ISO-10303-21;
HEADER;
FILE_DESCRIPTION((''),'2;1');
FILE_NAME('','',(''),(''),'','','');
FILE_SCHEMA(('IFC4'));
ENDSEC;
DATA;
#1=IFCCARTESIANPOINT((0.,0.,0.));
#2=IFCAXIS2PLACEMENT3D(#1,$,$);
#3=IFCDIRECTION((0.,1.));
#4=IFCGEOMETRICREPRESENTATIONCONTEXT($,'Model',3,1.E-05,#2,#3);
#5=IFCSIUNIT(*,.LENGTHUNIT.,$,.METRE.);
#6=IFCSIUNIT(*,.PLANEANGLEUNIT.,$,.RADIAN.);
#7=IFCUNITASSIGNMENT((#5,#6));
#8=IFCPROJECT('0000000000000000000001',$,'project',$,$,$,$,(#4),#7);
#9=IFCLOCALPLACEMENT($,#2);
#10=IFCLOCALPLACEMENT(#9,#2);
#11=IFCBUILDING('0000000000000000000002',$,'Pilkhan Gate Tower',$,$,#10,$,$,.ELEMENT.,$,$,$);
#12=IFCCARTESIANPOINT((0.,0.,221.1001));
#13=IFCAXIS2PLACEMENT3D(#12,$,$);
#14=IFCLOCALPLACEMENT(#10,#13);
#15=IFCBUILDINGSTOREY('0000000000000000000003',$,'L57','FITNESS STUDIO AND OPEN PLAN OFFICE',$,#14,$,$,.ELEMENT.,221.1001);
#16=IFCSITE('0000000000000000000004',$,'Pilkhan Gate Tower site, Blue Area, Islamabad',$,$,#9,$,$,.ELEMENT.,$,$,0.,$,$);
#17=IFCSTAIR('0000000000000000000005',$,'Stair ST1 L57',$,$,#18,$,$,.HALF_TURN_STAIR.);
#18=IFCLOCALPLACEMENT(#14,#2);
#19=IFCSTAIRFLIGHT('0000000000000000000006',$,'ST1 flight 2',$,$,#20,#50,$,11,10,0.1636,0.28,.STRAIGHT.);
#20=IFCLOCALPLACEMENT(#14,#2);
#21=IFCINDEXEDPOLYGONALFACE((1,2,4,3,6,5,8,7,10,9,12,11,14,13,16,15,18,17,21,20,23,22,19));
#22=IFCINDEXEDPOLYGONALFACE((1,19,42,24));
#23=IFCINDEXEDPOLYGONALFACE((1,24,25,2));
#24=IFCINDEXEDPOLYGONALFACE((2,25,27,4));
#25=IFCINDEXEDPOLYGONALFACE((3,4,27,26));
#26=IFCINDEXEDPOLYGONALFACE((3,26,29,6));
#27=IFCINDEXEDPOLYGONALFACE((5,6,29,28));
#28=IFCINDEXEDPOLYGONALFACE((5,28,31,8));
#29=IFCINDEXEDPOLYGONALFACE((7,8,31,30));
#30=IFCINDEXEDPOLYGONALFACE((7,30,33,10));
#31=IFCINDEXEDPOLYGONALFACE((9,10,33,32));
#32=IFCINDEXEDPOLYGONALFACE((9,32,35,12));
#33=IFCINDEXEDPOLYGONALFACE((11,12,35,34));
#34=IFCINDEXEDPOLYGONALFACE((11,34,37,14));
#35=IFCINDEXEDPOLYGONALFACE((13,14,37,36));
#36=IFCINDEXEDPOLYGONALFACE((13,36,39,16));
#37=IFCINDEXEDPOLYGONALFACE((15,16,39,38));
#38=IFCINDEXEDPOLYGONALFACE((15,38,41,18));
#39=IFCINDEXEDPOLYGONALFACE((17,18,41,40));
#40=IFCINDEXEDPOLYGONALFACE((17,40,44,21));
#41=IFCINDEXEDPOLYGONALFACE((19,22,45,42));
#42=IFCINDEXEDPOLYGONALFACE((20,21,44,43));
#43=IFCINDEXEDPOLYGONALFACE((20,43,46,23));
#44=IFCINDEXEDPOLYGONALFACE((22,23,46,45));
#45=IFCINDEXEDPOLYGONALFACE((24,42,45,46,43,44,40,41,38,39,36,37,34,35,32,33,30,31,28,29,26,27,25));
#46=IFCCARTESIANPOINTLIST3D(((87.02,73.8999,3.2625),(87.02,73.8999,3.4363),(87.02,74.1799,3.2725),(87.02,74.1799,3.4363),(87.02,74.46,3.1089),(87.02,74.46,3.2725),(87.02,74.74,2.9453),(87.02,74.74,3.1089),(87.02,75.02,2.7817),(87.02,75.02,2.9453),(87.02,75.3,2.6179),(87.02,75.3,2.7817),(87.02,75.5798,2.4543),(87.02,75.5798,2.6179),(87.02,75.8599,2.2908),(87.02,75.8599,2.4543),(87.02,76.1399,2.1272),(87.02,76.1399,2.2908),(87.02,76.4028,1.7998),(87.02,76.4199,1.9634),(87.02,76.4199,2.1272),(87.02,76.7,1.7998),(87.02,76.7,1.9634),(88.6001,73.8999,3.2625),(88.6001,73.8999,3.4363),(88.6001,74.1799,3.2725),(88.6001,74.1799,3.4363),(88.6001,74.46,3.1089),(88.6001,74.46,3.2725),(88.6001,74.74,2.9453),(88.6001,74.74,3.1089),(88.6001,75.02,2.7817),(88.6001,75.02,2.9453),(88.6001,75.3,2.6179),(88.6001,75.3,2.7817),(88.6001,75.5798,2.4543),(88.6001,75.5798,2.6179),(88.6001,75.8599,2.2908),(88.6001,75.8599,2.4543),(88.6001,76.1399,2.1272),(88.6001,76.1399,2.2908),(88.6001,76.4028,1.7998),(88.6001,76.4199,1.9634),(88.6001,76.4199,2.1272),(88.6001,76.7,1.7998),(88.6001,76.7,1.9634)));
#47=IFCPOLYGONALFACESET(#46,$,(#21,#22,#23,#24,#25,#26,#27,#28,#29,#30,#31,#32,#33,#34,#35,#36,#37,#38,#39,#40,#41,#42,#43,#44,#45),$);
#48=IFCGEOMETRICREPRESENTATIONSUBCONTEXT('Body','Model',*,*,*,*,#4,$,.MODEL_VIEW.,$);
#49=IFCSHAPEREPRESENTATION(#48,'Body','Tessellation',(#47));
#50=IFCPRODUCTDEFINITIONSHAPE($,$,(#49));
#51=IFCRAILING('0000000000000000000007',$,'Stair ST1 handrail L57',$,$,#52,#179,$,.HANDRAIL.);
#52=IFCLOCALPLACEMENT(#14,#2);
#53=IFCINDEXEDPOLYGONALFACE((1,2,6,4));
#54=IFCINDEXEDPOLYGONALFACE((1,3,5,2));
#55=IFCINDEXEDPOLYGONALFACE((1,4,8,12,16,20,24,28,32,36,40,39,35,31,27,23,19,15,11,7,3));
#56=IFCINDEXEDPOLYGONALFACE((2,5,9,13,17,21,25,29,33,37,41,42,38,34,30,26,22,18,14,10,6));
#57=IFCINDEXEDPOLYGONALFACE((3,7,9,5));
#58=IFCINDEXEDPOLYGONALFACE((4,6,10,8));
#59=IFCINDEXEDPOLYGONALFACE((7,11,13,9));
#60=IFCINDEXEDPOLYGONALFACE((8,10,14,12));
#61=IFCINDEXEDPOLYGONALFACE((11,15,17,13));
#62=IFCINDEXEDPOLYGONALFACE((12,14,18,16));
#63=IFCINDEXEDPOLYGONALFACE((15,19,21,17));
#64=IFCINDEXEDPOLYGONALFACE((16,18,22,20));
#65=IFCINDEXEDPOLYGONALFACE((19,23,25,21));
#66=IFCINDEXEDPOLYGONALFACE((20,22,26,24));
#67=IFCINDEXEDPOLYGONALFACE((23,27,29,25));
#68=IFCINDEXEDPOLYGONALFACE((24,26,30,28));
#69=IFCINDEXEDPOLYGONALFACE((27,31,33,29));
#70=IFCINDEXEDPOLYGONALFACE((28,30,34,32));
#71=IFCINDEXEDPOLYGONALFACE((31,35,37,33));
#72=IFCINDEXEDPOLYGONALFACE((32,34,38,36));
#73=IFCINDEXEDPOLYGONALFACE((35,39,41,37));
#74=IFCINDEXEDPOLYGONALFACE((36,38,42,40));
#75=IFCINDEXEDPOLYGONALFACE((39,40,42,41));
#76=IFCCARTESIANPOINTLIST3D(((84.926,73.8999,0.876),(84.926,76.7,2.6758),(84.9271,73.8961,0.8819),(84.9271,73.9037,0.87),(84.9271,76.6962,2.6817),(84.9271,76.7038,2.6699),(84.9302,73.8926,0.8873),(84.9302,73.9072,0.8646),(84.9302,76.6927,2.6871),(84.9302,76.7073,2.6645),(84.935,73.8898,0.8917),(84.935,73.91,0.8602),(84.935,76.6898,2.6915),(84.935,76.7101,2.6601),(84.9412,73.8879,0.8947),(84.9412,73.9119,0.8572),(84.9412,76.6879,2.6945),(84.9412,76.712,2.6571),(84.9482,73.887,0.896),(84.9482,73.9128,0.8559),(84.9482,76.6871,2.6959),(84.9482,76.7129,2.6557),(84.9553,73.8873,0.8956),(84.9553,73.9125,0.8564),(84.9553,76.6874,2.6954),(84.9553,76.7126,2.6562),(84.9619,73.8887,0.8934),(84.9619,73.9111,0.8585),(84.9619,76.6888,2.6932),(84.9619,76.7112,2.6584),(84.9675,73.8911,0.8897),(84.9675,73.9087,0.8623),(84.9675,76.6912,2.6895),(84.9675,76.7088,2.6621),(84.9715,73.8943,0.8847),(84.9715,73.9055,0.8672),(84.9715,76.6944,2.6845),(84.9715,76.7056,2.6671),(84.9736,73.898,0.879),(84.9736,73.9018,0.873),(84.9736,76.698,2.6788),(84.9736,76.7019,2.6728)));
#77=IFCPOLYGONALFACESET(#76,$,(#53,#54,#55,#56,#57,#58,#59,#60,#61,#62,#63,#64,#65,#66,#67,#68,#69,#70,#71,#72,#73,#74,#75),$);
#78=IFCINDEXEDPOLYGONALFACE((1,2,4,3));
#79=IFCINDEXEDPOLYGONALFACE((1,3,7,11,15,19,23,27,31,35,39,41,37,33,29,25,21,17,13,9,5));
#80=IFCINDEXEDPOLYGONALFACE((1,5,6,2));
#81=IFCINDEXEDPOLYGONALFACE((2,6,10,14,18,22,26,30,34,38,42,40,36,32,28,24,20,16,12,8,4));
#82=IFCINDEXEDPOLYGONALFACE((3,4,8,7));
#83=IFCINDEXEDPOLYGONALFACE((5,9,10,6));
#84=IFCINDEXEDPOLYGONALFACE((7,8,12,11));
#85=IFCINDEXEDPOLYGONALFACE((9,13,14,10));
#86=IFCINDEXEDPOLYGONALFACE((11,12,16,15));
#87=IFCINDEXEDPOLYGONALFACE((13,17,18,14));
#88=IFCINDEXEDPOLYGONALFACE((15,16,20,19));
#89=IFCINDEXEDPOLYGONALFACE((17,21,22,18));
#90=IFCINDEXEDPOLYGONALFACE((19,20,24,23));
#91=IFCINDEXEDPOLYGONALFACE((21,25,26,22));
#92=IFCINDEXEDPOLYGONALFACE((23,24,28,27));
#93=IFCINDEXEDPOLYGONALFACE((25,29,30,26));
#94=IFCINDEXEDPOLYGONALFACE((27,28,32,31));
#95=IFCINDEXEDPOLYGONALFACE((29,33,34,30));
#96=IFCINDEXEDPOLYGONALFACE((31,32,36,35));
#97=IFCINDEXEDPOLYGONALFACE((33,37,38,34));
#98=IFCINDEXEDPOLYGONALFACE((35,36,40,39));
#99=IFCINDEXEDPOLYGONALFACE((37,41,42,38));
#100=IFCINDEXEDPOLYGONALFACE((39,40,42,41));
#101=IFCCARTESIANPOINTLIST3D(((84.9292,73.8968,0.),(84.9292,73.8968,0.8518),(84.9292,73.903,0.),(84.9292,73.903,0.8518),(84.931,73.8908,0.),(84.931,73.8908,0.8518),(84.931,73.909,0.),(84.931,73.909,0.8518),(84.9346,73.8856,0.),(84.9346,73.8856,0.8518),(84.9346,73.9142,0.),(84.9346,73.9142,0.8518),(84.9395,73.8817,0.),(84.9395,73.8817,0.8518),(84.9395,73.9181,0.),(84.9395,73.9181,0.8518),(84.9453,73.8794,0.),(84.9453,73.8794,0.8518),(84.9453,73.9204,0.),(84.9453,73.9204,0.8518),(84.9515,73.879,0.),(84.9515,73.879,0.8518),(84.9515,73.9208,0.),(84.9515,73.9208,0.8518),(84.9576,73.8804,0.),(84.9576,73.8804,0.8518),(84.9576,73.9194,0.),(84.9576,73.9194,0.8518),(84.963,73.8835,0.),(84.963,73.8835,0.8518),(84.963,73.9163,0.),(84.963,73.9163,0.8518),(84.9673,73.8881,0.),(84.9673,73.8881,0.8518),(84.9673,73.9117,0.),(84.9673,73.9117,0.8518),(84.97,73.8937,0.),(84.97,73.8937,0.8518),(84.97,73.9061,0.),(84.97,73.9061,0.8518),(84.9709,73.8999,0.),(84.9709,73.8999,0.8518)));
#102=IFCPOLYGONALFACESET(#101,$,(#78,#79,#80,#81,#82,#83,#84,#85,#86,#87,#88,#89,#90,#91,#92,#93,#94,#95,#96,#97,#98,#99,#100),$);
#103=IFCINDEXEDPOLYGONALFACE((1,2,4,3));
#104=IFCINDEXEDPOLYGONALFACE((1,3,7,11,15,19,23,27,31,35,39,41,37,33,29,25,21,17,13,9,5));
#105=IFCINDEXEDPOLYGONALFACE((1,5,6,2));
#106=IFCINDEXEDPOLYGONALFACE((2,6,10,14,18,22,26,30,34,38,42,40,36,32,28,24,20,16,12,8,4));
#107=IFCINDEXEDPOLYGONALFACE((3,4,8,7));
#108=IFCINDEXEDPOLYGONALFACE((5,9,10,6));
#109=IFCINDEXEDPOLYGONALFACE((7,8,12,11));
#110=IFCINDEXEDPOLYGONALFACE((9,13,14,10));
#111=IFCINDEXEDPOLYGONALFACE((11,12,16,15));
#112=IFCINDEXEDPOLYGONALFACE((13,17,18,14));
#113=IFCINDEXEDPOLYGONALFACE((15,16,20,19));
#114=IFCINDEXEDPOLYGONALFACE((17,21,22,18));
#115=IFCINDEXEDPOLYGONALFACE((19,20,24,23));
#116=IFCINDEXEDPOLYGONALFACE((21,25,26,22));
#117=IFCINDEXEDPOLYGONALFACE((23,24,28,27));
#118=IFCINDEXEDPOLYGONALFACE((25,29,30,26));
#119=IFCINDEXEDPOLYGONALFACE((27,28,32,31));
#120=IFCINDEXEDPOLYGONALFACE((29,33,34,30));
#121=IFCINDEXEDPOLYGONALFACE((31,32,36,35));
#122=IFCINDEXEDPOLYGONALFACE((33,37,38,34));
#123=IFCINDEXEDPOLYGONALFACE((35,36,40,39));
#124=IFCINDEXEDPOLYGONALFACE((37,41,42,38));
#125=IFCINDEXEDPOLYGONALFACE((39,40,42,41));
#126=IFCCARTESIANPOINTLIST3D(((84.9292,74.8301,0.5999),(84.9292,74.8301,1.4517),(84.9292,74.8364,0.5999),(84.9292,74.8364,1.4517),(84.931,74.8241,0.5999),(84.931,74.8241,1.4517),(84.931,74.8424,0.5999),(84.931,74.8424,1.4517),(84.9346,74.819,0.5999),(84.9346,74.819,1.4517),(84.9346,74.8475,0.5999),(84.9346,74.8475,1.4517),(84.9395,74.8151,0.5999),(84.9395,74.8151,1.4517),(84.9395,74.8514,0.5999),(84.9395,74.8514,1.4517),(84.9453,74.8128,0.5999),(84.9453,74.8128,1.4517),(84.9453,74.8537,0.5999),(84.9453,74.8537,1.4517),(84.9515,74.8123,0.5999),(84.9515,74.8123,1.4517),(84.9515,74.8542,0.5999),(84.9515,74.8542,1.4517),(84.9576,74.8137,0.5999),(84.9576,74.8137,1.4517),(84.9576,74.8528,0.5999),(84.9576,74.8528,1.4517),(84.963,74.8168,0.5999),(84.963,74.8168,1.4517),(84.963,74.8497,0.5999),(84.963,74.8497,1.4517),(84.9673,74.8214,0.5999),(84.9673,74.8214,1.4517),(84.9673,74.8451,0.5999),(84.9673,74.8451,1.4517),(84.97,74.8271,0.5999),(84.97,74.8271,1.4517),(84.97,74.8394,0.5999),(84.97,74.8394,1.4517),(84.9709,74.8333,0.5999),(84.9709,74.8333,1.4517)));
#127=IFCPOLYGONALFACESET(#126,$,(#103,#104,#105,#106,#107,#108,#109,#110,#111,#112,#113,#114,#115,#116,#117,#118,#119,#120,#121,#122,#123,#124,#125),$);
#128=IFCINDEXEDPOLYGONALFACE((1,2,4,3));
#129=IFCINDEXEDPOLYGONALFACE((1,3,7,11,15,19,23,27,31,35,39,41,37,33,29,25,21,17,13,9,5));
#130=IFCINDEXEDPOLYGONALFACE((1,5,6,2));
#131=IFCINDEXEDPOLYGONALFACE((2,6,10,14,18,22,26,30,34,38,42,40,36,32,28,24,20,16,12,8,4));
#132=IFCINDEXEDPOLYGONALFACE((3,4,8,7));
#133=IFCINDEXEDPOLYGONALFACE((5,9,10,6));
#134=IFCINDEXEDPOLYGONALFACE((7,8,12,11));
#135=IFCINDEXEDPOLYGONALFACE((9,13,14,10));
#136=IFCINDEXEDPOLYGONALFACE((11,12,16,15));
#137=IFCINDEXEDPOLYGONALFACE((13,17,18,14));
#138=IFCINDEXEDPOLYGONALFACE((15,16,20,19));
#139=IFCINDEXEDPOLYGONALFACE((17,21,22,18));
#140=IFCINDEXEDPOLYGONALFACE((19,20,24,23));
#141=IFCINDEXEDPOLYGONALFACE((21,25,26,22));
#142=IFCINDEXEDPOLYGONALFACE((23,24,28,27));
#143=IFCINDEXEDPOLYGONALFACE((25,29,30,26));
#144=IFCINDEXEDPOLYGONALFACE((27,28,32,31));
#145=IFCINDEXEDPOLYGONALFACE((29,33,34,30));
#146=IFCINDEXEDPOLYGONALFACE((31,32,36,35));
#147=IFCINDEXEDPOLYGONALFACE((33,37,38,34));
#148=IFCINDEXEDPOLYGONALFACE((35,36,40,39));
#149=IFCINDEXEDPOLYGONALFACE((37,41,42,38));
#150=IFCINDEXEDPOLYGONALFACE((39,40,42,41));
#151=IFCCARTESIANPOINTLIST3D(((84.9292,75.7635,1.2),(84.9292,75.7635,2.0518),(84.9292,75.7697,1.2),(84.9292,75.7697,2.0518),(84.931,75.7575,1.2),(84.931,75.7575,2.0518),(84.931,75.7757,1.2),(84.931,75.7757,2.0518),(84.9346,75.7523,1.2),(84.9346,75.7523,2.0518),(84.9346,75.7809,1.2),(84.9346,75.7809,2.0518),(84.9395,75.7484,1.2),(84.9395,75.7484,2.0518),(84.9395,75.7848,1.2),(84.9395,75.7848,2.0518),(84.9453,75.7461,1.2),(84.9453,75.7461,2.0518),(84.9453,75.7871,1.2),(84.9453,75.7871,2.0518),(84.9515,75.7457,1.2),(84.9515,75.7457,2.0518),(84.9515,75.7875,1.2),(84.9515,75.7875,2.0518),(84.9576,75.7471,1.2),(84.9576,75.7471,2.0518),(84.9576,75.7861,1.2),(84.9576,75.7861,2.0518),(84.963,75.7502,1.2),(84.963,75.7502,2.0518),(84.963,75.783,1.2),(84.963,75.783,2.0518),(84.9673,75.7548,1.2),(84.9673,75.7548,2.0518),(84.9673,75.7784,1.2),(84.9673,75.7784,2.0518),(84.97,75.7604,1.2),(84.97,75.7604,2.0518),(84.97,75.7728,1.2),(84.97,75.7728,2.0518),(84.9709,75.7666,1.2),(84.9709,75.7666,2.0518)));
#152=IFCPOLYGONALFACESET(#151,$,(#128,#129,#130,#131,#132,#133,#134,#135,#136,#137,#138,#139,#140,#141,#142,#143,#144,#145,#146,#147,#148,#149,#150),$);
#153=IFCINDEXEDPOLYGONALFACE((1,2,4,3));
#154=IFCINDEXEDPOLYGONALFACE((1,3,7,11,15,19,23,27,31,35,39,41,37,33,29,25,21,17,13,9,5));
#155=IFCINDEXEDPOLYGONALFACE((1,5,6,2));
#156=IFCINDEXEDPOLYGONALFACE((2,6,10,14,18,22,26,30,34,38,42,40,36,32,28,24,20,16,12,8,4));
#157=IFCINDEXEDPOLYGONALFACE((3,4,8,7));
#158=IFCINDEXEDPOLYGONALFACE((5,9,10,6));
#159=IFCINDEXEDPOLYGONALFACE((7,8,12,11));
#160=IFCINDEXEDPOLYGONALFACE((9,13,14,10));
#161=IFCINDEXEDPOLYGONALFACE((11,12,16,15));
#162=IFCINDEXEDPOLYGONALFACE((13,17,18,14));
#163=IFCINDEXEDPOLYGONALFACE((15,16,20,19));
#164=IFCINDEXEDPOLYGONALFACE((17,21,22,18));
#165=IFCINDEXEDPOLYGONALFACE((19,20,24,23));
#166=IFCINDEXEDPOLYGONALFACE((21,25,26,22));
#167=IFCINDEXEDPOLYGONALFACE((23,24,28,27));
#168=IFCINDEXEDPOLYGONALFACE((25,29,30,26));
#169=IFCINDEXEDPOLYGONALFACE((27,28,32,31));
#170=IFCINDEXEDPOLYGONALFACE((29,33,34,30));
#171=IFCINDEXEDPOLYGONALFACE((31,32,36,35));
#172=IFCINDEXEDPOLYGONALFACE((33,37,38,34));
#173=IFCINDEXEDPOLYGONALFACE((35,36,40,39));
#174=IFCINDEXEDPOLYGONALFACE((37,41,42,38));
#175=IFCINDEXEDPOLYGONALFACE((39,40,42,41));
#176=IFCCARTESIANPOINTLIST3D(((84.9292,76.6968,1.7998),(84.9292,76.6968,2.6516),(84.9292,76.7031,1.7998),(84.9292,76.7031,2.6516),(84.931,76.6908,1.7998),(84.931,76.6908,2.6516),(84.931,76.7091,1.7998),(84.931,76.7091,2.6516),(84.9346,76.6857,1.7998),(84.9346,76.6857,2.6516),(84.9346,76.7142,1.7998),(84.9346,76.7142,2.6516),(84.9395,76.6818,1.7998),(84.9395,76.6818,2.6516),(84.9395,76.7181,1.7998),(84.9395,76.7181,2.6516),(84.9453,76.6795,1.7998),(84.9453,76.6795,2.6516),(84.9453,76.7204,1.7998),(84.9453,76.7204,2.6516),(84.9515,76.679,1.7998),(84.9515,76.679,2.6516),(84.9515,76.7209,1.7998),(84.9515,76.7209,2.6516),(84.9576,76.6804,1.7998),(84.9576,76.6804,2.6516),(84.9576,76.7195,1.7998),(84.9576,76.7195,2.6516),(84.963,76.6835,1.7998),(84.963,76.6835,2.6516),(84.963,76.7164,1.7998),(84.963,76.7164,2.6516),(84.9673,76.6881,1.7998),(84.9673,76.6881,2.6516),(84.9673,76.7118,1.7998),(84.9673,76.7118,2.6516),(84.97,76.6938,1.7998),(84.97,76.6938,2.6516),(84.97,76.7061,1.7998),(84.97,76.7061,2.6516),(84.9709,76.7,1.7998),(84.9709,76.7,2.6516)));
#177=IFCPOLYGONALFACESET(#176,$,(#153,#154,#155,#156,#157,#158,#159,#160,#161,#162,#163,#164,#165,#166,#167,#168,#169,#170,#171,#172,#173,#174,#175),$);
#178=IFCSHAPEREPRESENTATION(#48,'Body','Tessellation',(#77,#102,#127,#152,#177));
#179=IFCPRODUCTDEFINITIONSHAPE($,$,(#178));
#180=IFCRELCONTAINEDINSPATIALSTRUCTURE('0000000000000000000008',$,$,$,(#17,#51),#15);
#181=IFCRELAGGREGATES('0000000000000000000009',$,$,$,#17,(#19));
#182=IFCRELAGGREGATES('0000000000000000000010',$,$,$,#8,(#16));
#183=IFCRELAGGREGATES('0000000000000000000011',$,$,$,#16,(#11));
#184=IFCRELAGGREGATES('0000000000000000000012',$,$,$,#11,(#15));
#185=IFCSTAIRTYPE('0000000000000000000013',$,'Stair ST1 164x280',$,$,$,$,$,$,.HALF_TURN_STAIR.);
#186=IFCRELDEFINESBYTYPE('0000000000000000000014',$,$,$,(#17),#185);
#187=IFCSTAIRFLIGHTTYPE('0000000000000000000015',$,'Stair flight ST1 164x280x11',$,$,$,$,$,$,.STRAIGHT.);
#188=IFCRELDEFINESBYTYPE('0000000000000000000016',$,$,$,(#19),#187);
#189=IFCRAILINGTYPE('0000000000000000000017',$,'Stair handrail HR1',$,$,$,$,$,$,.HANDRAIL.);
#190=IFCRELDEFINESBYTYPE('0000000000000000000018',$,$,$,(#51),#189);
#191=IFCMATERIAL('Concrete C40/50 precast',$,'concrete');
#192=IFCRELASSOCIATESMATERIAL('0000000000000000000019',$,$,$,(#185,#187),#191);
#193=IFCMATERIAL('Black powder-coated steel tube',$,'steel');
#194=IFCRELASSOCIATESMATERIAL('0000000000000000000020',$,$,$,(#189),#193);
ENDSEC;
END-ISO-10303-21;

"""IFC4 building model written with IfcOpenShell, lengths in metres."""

from ifc_helpers import new_model, si_unit, direction, frame, origin, origin_2d, place, context, subcontext, project, spatial, polyline, circle, outline, extrude, material, type_object, element, aggregate, save


model = new_model("IFC4")

# Units and contexts
model_context = context("Model", 3, precision=1e-05, world=origin(), true_north=direction((0.0, 1.0)))
body_context = subcontext(model_context, "Body", "Model", "MODEL_VIEW")
ifc_project = project(units=[si_unit("LENGTHUNIT", "METRE"), si_unit("PLANEANGLEUNIT", "RADIAN")], contexts=[model_context])

# Site, building, storey
site_placement = place(None, origin())
site = spatial("IfcSite", under=ifc_project, at=site_placement, Name="Pilkhan Gate Tower site, Blue Area, Islamabad", CompositionType="ELEMENT", RefElevation=0.0)
building_placement = place(site_placement, origin())
building = spatial("IfcBuilding", under=site, at=building_placement, Name="Pilkhan Gate Tower", CompositionType="ELEMENT")
storey_placement = place(building_placement, frame((0.0, 0.0, 221.1001)))
storey = spatial("IfcBuildingStorey", under=building, at=storey_placement, Name="L57", Description="FITNESS STUDIO AND OPEN PLAN OFFICE", CompositionType="ELEMENT", Elevation=221.1001)

# Stair, stair flight
ifc_material_1 = material(Name="Concrete C40/50 precast", Category="concrete")
stair_type = type_object("IfcStairType", Name="Stair ST1 164x280", PredefinedType="HALF_TURN_STAIR", material=ifc_material_1)
stair_placement = place(storey_placement, origin())
stair = element("IfcStair", 1, at=stair_placement, inside=storey, type_object=stair_type, Name="Stair ST1 L57", PredefinedType="HALF_TURN_STAIR")
stair_flight_type = type_object("IfcStairFlightType", Name="Stair flight ST1 164x280x11", PredefinedType="STRAIGHT", material=ifc_material_1)
stair_flight_1_placement = place(storey_placement, frame((87.8101, 76.7, 1.7998), z_axis=(0.0, 0.0, 1.0), x_axis=(0.0, -1.0, 0.0)))
stair_flight_1 = element("IfcStairFlight", 2, at=stair_flight_1_placement, type_object=stair_flight_type, Name="ST1 flight 2", NumberOfRisers=11, NumberOfTreads=10, PredefinedType="STRAIGHT", RiserHeight=0.1636, TreadLength=0.28, context=body_context, shape_type="SweptSolid", body=[
    extrude(outline(polyline([(0.0, 0.0), (0.0, 0.1636), (0.28, 0.1636), (0.28, 0.3274), (0.5601, 0.3274), (0.5601, 0.491), (0.8401, 0.491), (0.8401, 0.6545), (1.1201, 0.6545), (1.1201, 0.8181), (1.3999, 0.8181), (1.3999, 0.9819), (1.6799, 0.9819), (1.6799, 1.1455), (1.96, 1.1455), (1.96, 1.3091), (2.24, 1.3091), (2.24, 1.4727), (2.52, 1.4727), (2.52, 1.6365), (2.8, 1.6365), (2.8, 1.8), (2.8, 1.4626), (0.2971, 0.0), (0.0, 0.0)])), frame((0.0, 0.79, 0.0), z_axis=(0.0, -1.0, 0.0), x_axis=(1.0, 0.0, 0.0)), (0.0, 0.0, 1.0), 1.5801),
])
aggregate(stair, [stair_flight_1])

# Railing
ifc_material_2 = material(Name="Black powder-coated steel tube", Category="steel")
railing_type_1 = type_object("IfcRailingType", Name="Stair handrail HR1", PredefinedType="HANDRAIL", material=ifc_material_2)
railing_1_placement = place(storey_placement, frame((84.95, 73.8999, 0.0)))
element("IfcRailing", 3, at=railing_1_placement, inside=storey, type_object=railing_type_1, Name="Stair ST1 handrail L57", PredefinedType="HANDRAIL", context=body_context, shape_type="SweptSolid", body=[
    extrude(circle(Radius=0.0239, at=origin_2d()), frame((0.0, 0.0, 0.876), z_axis=(0.0, 0.841209, 0.540709), x_axis=(-1.0, 0.0, 0.0)), (0.0, 0.0, 1.0), 3.3286),
    extrude(circle(Radius=0.021, at=origin_2d()), origin(), (0.0, 0.0, 1.0), 0.8518),
    extrude(circle(Radius=0.021, at=origin_2d()), frame((0.0, 0.9333, 0.5999)), (0.0, 0.0, 1.0), 0.8518),
    extrude(circle(Radius=0.021, at=origin_2d()), frame((0.0, 1.8667, 1.2)), (0.0, 0.0, 1.0), 0.8518),
    extrude(circle(Radius=0.021, at=origin_2d()), frame((0.0, 2.8, 1.7998)), (0.0, 0.0, 1.0), 0.8518),
])

save(model, "model.ifc")
